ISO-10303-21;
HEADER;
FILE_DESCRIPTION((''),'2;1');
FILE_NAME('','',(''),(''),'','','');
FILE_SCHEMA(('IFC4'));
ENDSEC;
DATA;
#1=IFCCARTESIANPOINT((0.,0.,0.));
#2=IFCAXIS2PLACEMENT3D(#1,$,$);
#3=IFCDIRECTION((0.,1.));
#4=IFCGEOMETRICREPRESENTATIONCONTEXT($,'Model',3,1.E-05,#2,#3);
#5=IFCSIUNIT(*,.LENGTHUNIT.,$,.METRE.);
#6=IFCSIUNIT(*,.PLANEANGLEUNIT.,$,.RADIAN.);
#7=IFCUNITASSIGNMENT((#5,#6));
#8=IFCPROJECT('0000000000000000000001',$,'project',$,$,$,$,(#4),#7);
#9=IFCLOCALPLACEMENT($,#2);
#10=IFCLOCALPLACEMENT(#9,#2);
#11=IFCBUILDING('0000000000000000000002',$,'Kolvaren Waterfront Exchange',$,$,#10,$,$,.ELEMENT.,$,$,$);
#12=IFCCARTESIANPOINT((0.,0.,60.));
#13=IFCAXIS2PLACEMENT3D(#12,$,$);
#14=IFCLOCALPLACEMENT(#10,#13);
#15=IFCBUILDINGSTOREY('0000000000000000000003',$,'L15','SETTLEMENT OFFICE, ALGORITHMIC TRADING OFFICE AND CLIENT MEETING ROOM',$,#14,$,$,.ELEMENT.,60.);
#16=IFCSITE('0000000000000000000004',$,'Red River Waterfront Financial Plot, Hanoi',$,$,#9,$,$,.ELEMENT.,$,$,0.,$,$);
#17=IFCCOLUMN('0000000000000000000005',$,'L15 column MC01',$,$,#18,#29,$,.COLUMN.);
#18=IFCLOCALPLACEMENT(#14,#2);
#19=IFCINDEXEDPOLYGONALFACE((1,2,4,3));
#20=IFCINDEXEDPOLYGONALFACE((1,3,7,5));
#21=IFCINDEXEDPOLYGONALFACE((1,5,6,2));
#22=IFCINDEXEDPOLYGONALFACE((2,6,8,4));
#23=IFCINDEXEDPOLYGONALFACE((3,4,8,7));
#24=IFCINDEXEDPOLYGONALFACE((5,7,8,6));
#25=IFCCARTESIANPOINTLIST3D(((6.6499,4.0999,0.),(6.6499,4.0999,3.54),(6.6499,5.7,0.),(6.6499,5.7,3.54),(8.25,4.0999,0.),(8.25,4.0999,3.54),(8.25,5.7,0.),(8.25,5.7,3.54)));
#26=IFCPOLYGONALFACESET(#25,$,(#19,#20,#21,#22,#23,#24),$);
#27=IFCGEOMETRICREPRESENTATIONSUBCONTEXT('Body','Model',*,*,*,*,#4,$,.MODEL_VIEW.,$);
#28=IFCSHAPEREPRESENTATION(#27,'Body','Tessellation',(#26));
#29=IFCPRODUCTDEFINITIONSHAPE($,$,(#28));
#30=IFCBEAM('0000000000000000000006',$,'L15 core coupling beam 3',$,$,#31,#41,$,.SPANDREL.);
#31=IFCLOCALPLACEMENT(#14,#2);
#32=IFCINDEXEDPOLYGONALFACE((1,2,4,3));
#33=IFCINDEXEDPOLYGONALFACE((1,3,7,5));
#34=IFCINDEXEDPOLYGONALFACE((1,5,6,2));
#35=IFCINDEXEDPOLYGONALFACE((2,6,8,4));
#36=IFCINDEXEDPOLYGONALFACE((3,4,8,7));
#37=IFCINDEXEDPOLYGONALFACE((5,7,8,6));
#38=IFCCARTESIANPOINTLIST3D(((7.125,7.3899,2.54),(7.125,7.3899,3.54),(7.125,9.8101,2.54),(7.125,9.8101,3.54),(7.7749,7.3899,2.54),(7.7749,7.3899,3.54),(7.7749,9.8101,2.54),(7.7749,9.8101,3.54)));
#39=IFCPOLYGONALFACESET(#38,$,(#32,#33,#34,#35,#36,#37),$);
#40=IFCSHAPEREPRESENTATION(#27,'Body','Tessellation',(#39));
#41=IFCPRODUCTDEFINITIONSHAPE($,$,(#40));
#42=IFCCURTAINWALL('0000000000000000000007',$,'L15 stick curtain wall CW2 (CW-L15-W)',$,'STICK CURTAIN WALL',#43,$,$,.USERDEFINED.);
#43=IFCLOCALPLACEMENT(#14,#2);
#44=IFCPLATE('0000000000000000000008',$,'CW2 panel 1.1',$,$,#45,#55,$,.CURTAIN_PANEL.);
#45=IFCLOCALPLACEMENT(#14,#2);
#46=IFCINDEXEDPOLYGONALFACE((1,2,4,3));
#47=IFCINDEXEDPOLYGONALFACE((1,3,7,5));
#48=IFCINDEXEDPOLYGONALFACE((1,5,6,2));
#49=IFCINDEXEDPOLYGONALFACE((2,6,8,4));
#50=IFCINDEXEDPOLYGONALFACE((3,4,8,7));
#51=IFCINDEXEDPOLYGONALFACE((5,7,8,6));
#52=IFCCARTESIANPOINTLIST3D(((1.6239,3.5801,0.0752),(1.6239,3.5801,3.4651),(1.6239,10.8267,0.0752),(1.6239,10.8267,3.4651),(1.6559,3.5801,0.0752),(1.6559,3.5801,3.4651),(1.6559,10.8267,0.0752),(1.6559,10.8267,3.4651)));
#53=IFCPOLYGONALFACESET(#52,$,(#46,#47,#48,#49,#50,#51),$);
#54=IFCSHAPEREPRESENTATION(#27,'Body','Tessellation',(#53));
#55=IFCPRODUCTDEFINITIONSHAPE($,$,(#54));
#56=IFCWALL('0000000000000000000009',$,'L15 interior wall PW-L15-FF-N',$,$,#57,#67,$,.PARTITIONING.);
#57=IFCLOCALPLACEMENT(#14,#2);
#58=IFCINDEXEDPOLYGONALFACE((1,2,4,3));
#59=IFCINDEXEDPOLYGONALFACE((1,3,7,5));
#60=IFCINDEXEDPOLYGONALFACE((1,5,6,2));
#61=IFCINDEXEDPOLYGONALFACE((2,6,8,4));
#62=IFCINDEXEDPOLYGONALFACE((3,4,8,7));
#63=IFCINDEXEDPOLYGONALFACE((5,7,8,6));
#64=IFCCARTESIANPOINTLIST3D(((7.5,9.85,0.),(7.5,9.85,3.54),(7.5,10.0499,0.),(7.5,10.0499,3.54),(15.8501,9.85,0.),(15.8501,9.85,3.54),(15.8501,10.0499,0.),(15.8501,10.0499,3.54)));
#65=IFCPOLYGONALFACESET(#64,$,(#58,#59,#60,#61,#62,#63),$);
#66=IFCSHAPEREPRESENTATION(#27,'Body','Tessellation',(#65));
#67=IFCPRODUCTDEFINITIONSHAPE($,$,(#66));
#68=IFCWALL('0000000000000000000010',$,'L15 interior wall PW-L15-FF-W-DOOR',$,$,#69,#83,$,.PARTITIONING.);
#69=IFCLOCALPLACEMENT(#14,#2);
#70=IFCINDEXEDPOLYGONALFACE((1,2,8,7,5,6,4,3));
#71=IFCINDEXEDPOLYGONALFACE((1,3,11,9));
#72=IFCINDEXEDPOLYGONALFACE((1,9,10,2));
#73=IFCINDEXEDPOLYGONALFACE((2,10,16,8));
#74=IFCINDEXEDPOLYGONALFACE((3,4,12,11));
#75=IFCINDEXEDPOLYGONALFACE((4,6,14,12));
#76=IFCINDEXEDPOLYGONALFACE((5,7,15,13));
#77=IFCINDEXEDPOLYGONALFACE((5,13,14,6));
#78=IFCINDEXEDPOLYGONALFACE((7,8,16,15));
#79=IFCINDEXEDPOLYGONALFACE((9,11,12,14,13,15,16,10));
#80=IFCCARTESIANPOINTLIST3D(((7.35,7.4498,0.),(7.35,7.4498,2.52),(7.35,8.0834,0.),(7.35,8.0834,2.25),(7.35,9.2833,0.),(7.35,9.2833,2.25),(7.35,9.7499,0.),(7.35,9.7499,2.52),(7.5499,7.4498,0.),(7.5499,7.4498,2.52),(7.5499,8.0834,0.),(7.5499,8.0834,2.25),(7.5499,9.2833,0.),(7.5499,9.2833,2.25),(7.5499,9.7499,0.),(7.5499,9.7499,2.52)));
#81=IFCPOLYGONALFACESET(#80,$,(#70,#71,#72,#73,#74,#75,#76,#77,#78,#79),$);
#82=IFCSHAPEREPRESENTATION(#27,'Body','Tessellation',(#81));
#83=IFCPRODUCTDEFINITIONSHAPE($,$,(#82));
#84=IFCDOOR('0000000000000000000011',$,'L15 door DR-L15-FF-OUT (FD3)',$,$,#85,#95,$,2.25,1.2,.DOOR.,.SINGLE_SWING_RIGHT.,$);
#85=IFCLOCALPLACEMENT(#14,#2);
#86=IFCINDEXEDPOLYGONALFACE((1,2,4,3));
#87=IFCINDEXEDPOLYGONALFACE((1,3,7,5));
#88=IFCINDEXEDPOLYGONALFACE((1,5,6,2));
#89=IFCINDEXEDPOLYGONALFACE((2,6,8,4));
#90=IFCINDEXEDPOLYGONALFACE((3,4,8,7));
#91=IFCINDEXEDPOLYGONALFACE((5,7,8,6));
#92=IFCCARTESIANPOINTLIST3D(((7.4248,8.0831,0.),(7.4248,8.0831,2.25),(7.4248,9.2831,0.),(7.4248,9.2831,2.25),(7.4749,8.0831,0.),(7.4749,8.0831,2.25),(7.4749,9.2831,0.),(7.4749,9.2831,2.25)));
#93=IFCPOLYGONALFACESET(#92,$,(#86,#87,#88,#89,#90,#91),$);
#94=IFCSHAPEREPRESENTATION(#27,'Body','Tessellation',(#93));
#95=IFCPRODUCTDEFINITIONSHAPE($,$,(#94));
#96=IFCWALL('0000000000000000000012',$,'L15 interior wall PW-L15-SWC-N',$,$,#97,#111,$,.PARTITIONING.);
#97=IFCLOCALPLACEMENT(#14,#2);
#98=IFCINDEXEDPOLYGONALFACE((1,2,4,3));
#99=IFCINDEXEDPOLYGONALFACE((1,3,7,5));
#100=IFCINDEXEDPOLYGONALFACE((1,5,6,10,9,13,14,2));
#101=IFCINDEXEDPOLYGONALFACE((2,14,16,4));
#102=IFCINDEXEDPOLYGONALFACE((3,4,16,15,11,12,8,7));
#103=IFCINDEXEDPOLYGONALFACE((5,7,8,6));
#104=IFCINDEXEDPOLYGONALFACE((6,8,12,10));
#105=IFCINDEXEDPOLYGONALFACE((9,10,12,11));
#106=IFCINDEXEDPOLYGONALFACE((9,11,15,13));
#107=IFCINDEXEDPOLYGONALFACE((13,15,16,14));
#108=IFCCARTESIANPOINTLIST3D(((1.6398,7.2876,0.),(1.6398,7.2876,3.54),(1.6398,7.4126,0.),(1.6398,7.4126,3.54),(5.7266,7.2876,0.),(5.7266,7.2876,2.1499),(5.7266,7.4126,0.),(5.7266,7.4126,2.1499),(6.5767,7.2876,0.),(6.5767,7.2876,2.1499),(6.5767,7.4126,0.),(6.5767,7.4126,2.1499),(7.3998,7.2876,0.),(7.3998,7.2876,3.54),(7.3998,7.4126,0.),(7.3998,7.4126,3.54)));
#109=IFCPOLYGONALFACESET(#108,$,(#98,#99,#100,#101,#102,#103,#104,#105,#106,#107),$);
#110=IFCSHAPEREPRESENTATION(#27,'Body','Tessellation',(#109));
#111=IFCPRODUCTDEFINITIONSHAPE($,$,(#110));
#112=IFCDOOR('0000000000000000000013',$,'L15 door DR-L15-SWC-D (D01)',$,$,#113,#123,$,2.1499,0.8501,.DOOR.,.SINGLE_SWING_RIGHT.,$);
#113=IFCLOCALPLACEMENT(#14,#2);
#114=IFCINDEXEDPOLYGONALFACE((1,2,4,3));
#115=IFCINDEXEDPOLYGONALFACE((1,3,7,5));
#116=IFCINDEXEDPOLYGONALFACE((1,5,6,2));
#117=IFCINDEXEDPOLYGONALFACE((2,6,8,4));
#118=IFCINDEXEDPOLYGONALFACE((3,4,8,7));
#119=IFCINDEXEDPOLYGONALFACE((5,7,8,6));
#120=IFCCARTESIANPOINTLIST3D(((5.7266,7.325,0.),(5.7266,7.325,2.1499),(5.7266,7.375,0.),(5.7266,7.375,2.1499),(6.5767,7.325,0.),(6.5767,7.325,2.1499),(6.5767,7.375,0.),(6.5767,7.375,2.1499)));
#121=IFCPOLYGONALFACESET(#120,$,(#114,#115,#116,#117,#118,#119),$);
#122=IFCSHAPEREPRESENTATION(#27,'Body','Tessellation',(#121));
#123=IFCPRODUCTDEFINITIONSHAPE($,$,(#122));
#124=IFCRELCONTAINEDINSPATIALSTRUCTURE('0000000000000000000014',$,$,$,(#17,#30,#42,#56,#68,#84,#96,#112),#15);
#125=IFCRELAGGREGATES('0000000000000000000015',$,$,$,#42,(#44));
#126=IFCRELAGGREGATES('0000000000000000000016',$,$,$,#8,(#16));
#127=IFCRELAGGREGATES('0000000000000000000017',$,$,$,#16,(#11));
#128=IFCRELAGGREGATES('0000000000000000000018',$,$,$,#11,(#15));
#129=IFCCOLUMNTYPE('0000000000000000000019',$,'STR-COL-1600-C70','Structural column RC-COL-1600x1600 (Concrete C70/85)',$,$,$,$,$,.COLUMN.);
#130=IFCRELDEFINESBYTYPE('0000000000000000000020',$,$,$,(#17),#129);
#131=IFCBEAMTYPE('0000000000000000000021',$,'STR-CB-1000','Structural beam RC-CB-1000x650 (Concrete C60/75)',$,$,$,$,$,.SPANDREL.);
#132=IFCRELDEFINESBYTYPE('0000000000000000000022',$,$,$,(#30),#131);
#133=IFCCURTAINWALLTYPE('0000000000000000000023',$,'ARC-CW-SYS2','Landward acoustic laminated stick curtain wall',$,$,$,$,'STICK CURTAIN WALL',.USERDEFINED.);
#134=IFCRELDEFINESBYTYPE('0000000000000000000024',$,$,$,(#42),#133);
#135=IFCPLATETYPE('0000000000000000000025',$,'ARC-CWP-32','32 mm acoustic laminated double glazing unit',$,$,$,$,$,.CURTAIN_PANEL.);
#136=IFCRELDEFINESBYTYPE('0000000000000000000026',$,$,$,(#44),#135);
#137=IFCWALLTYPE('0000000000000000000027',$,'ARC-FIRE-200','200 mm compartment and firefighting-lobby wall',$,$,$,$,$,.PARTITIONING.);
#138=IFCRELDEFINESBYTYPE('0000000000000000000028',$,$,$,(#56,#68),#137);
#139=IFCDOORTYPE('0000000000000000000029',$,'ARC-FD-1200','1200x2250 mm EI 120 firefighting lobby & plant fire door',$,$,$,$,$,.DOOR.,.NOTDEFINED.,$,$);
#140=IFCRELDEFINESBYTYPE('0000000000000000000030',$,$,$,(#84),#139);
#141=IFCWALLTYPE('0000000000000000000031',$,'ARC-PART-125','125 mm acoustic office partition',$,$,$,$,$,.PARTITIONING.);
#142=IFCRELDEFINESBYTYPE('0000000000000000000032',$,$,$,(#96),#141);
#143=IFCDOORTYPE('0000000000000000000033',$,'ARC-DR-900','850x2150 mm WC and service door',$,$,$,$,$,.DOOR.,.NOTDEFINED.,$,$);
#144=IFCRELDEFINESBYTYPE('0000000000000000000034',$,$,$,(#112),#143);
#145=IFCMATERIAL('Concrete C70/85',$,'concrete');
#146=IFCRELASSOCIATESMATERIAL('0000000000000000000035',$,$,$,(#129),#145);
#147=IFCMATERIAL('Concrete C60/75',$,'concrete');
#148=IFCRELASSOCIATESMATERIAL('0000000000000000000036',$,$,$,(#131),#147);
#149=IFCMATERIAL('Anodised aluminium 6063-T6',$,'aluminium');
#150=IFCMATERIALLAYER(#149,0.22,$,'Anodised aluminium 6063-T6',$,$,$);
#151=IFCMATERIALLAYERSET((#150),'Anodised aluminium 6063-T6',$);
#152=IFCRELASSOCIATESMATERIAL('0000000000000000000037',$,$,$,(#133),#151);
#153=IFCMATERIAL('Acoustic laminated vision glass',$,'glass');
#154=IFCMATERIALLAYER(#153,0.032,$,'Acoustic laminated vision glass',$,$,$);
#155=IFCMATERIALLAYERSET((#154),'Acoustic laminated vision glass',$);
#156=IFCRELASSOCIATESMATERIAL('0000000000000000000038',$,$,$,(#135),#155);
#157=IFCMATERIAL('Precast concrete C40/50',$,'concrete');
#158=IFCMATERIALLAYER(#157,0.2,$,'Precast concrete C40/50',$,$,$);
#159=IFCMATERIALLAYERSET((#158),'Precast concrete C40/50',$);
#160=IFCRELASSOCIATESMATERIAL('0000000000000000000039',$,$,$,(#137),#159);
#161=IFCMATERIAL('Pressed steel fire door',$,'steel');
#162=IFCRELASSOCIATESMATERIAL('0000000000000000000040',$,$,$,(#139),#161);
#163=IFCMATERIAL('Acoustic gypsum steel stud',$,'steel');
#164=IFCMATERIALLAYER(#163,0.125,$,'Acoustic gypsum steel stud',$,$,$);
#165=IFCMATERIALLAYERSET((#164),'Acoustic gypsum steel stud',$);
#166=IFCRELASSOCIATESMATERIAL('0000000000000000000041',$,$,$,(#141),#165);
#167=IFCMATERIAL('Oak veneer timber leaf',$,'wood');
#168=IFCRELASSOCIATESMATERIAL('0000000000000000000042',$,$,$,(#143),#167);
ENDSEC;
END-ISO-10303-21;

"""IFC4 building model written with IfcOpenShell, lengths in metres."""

from ifc_helpers import new_model, si_unit, direction, frame, frame_2d, origin, origin_with_axes, origin_2d, place, context, subcontext, project, spatial, rectangle, extrude, source, transform, mapped, material, layer, layer_set, material_profile, profile_set, type_object, element, fill, aggregate, save


model = new_model("IFC4")

# Units and contexts
model_context = context("Model", 3, precision=1e-05, world=origin(), true_north=direction((0.0, 1.0)))
body_context = subcontext(model_context, "Body", "Model", "MODEL_VIEW")
ifc_project = project(units=[si_unit("LENGTHUNIT", "METRE"), si_unit("PLANEANGLEUNIT", "RADIAN")], contexts=[model_context])

# Site, building, storey
site_placement = place(None, origin())
site = spatial("IfcSite", under=ifc_project, at=site_placement, Name="Red River Waterfront Financial Plot, Hanoi", CompositionType="ELEMENT", RefElevation=0.0)
building_placement = place(site_placement, origin())
building = spatial("IfcBuilding", under=site, at=building_placement, Name="Kolvaren Waterfront Exchange", CompositionType="ELEMENT")
storey_placement = place(building_placement, frame((0.0, 0.0, 60.0)))
storey = spatial("IfcBuildingStorey", under=building, at=storey_placement, Name="L15", Description="SETTLEMENT OFFICE, ALGORITHMIC TRADING OFFICE AND CLIENT MEETING ROOM", CompositionType="ELEMENT", Elevation=60.0)

# Column
ifc_material_1 = material(Name="Concrete C70/85", Category="concrete")
ifc_material_profile_1 = material_profile(ifc_material_1, rectangle(XDim=1.6001, YDim=1.6001, at=origin_2d()), Name="RC-COL-1600x1600")
ifc_profile_set_1 = profile_set([ifc_material_profile_1], Name="Concrete C70/85")
column_type = type_object("IfcColumnType", Name="STR-COL-1600-C70", Description="Structural column RC-COL-1600x1600 (Concrete C70/85)", PredefinedType="COLUMN", material=ifc_profile_set_1)
column_placement = place(storey_placement, frame((7.45, 4.8999, 0.0), z_axis=(0.0, 0.0, 1.0), x_axis=(1.0, 0.0, 0.0)))
element("IfcColumn", 1, at=column_placement, inside=storey, type_object=column_type, Name="L15 column MC01", PredefinedType="COLUMN", context=body_context, shape_type="SweptSolid", body=[
    extrude(rectangle(XDim=1.6001, YDim=1.6001, at=origin_2d()), origin(), (0.0, 0.0, 1.0), 3.54),
])

# Beam
ifc_material_2 = material(Name="Concrete C60/75", Category="concrete")
ifc_material_profile_2 = material_profile(ifc_material_2, rectangle(XDim=0.6499, YDim=1.0, at=origin_2d()), Name="RC-CB-1000x650")
ifc_profile_set_2 = profile_set([ifc_material_profile_2], Name="Concrete C60/75")
beam_type = type_object("IfcBeamType", Name="STR-CB-1000", Description="Structural beam RC-CB-1000x650 (Concrete C60/75)", PredefinedType="SPANDREL", material=ifc_profile_set_2)
beam_placement = place(storey_placement, frame((7.45, 7.3899, 3.04), z_axis=(0.0, 1.0, 0.0), x_axis=(-1.0, 0.0, 0.0)))
element("IfcBeam", 2, at=beam_placement, inside=storey, type_object=beam_type, Name="L15 core coupling beam 3", PredefinedType="SPANDREL", context=body_context, shape_type="SweptSolid", body=[
    extrude(rectangle(XDim=0.6499, YDim=1.0, at=origin_2d()), origin(), (0.0, 0.0, 1.0), 2.4202),
])

# Curtain wall, plate
ifc_material_3 = material(Name="Anodised aluminium 6063-T6", Category="aluminium")
ifc_layer_1 = layer(ifc_material_3, 0.22, Name="Anodised aluminium 6063-T6")
ifc_layer_set_1 = layer_set([ifc_layer_1], Name="Anodised aluminium 6063-T6")
curtain_wall_type = type_object("IfcCurtainWallType", Name="ARC-CW-SYS2", Description="Landward acoustic laminated stick curtain wall", ElementType="STICK CURTAIN WALL", PredefinedType="USERDEFINED", material=ifc_layer_set_1)
curtain_wall_placement = place(storey_placement, origin())
curtain_wall = element("IfcCurtainWall", 3, at=curtain_wall_placement, inside=storey, type_object=curtain_wall_type, Name="L15 stick curtain wall CW2 (CW-L15-W)", ObjectType="STICK CURTAIN WALL", PredefinedType="USERDEFINED")
ifc_material_4 = material(Name="Acoustic laminated vision glass", Category="glass")
ifc_layer_2 = layer(ifc_material_4, 0.032, Name="Acoustic laminated vision glass")
ifc_layer_set_2 = layer_set([ifc_layer_2], Name="Acoustic laminated vision glass")
plate_type = type_object("IfcPlateType", Name="ARC-CWP-32", Description="32 mm acoustic laminated double glazing unit", PredefinedType="CURTAIN_PANEL", material=ifc_layer_set_2)
shared_shape = source(origin_with_axes(), body_context, "Body", "SweptSolid", [
    extrude(rectangle(XDim=7.2466, YDim=0.032, at=origin_2d()), origin(), (0.0, 0.0, 1.0), 3.3899),
])
plate_placement = place(storey_placement, frame((1.6399, 7.2034, 0.0752), z_axis=(0.0, 0.0, 1.0), x_axis=(0.0, 1.0, 0.0)))
plate = element("IfcPlate", 4, at=plate_placement, type_object=plate_type, Name="CW2 panel 1.1", PredefinedType="CURTAIN_PANEL", context=body_context, shape_type="MappedRepresentation", body=[
    mapped(shared_shape, transform((0.0, 0.0, 0.0), x_axis=(1.0, 0.0, 0.0), y_axis=(0.0, 1.0, 0.0), z_axis=(0.0, 0.0, 1.0), scale=1.0)),
])
aggregate(curtain_wall, [plate])

# Wall
ifc_material_5 = material(Name="Precast concrete C40/50", Category="concrete")
ifc_layer_3 = layer(ifc_material_5, 0.2, Name="Precast concrete C40/50")
ifc_layer_set_3 = layer_set([ifc_layer_3], Name="Precast concrete C40/50")
wall_type_1 = type_object("IfcWallType", Name="ARC-FIRE-200", Description="200 mm compartment and firefighting-lobby wall", PredefinedType="PARTITIONING", material=ifc_layer_set_3)
wall_1_placement = place(storey_placement, frame((7.5, 9.95, 0.0), z_axis=(0.0, 0.0, 1.0), x_axis=(1.0, 0.0, 0.0)))
element("IfcWall", 5, at=wall_1_placement, inside=storey, type_object=wall_type_1, Name="L15 interior wall PW-L15-FF-N", PredefinedType="PARTITIONING", context=body_context, shape_type="SweptSolid", body=[
    extrude(rectangle(XDim=8.3501, YDim=0.2, at=frame_2d((4.175, 0.0))), origin(), (0.0, 0.0, 1.0), 3.54),
])

# Walls, openings, doors
wall_2_placement = place(storey_placement, frame((7.45, 7.45, 0.0), z_axis=(0.0, 0.0, 1.0), x_axis=(0.0, 1.0, 0.0)))
wall_2 = element("IfcWall", 6, at=wall_2_placement, inside=storey, type_object=wall_type_1, Name="L15 interior wall PW-L15-FF-W-DOOR", PredefinedType="PARTITIONING", context=body_context, shape_type="SweptSolid", body=[
    extrude(rectangle(XDim=2.3, YDim=0.2, at=frame_2d((1.1499, 0.0))), origin(), (0.0, 0.0, 1.0), 2.52),
])
opening_1_placement = place(wall_2_placement, frame((0.6333, 0.0, 0.0)))
opening_1 = element("IfcOpeningElement", 7, at=opening_1_placement, cuts=wall_2, PredefinedType="OPENING", context=body_context, shape_type="SweptSolid", body=[
    extrude(rectangle(XDim=1.2, YDim=2.25, at=frame_2d((0.6001, 1.125))), frame((0.0, 0.1099, 0.0), z_axis=(0.0, -1.0, 0.0), x_axis=(1.0, 0.0, 0.0)), (0.0, 0.0, 1.0), 0.22),
])
ifc_material_6 = material(Name="Pressed steel fire door", Category="steel")
door_type_1 = type_object("IfcDoorType", Name="ARC-FD-1200", Description="1200x2250 mm EI 120 firefighting lobby & plant fire door", OperationType="NOTDEFINED", PredefinedType="DOOR", material=ifc_material_6)
door_1_placement = place(opening_1_placement, frame((1.2, 0.0, 0.0), z_axis=(0.0, 0.0, 1.0), x_axis=(-1.0, 0.0, 0.0)))
door_1 = element("IfcDoor", 8, at=door_1_placement, inside=storey, type_object=door_type_1, Name="L15 door DR-L15-FF-OUT (FD3)", OperationType="SINGLE_SWING_RIGHT", OverallHeight=2.25, OverallWidth=1.2, PredefinedType="DOOR", context=body_context, shape_type="SweptSolid", body=[
    extrude(rectangle(XDim=1.2, YDim=2.25, at=frame_2d((0.6001, 1.125))), frame((0.0, 0.0249, 0.0), z_axis=(0.0, -1.0, 0.0), x_axis=(1.0, 0.0, 0.0)), (0.0, 0.0, 1.0), 0.05),
])
fill(opening_1, door_1)
ifc_material_7 = material(Name="Acoustic gypsum steel stud", Category="steel")
ifc_layer_4 = layer(ifc_material_7, 0.125, Name="Acoustic gypsum steel stud")
ifc_layer_set_4 = layer_set([ifc_layer_4], Name="Acoustic gypsum steel stud")
wall_type_2 = type_object("IfcWallType", Name="ARC-PART-125", Description="125 mm acoustic office partition", PredefinedType="PARTITIONING", material=ifc_layer_set_4)
wall_3_placement = place(storey_placement, frame((1.6399, 7.3501, 0.0), z_axis=(0.0, 0.0, 1.0), x_axis=(1.0, 0.0, 0.0)))
wall_3 = element("IfcWall", 9, at=wall_3_placement, inside=storey, type_object=wall_type_2, Name="L15 interior wall PW-L15-SWC-N", PredefinedType="PARTITIONING", context=body_context, shape_type="SweptSolid", body=[
    extrude(rectangle(XDim=5.76, YDim=0.125, at=frame_2d((2.8799, 0.0))), origin(), (0.0, 0.0, 1.0), 3.54),
])
opening_2_placement = place(wall_3_placement, frame((4.0867, 0.0, 0.0)))
opening_2 = element("IfcOpeningElement", 10, at=opening_2_placement, cuts=wall_3, PredefinedType="OPENING", context=body_context, shape_type="SweptSolid", body=[
    extrude(rectangle(XDim=0.8501, YDim=2.1499, at=frame_2d((0.425, 1.075))), frame((0.0, 0.0725, 0.0), z_axis=(0.0, -1.0, 0.0), x_axis=(1.0, 0.0, 0.0)), (0.0, 0.0, 1.0), 0.145),
])
ifc_material_8 = material(Name="Oak veneer timber leaf", Category="wood")
door_type_2 = type_object("IfcDoorType", Name="ARC-DR-900", Description="850x2150 mm WC and service door", OperationType="NOTDEFINED", PredefinedType="DOOR", material=ifc_material_8)
door_2_placement = place(opening_2_placement, origin())
door_2 = element("IfcDoor", 11, at=door_2_placement, inside=storey, type_object=door_type_2, Name="L15 door DR-L15-SWC-D (D01)", OperationType="SINGLE_SWING_RIGHT", OverallHeight=2.1499, OverallWidth=0.8501, PredefinedType="DOOR", context=body_context, shape_type="SweptSolid", body=[
    extrude(rectangle(XDim=0.8501, YDim=2.1499, at=frame_2d((0.425, 1.075))), frame((0.0, 0.0249, 0.0), z_axis=(0.0, -1.0, 0.0), x_axis=(1.0, 0.0, 0.0)), (0.0, 0.0, 1.0), 0.05),
])
fill(opening_2, door_2)

save(model, "model.ifc")
